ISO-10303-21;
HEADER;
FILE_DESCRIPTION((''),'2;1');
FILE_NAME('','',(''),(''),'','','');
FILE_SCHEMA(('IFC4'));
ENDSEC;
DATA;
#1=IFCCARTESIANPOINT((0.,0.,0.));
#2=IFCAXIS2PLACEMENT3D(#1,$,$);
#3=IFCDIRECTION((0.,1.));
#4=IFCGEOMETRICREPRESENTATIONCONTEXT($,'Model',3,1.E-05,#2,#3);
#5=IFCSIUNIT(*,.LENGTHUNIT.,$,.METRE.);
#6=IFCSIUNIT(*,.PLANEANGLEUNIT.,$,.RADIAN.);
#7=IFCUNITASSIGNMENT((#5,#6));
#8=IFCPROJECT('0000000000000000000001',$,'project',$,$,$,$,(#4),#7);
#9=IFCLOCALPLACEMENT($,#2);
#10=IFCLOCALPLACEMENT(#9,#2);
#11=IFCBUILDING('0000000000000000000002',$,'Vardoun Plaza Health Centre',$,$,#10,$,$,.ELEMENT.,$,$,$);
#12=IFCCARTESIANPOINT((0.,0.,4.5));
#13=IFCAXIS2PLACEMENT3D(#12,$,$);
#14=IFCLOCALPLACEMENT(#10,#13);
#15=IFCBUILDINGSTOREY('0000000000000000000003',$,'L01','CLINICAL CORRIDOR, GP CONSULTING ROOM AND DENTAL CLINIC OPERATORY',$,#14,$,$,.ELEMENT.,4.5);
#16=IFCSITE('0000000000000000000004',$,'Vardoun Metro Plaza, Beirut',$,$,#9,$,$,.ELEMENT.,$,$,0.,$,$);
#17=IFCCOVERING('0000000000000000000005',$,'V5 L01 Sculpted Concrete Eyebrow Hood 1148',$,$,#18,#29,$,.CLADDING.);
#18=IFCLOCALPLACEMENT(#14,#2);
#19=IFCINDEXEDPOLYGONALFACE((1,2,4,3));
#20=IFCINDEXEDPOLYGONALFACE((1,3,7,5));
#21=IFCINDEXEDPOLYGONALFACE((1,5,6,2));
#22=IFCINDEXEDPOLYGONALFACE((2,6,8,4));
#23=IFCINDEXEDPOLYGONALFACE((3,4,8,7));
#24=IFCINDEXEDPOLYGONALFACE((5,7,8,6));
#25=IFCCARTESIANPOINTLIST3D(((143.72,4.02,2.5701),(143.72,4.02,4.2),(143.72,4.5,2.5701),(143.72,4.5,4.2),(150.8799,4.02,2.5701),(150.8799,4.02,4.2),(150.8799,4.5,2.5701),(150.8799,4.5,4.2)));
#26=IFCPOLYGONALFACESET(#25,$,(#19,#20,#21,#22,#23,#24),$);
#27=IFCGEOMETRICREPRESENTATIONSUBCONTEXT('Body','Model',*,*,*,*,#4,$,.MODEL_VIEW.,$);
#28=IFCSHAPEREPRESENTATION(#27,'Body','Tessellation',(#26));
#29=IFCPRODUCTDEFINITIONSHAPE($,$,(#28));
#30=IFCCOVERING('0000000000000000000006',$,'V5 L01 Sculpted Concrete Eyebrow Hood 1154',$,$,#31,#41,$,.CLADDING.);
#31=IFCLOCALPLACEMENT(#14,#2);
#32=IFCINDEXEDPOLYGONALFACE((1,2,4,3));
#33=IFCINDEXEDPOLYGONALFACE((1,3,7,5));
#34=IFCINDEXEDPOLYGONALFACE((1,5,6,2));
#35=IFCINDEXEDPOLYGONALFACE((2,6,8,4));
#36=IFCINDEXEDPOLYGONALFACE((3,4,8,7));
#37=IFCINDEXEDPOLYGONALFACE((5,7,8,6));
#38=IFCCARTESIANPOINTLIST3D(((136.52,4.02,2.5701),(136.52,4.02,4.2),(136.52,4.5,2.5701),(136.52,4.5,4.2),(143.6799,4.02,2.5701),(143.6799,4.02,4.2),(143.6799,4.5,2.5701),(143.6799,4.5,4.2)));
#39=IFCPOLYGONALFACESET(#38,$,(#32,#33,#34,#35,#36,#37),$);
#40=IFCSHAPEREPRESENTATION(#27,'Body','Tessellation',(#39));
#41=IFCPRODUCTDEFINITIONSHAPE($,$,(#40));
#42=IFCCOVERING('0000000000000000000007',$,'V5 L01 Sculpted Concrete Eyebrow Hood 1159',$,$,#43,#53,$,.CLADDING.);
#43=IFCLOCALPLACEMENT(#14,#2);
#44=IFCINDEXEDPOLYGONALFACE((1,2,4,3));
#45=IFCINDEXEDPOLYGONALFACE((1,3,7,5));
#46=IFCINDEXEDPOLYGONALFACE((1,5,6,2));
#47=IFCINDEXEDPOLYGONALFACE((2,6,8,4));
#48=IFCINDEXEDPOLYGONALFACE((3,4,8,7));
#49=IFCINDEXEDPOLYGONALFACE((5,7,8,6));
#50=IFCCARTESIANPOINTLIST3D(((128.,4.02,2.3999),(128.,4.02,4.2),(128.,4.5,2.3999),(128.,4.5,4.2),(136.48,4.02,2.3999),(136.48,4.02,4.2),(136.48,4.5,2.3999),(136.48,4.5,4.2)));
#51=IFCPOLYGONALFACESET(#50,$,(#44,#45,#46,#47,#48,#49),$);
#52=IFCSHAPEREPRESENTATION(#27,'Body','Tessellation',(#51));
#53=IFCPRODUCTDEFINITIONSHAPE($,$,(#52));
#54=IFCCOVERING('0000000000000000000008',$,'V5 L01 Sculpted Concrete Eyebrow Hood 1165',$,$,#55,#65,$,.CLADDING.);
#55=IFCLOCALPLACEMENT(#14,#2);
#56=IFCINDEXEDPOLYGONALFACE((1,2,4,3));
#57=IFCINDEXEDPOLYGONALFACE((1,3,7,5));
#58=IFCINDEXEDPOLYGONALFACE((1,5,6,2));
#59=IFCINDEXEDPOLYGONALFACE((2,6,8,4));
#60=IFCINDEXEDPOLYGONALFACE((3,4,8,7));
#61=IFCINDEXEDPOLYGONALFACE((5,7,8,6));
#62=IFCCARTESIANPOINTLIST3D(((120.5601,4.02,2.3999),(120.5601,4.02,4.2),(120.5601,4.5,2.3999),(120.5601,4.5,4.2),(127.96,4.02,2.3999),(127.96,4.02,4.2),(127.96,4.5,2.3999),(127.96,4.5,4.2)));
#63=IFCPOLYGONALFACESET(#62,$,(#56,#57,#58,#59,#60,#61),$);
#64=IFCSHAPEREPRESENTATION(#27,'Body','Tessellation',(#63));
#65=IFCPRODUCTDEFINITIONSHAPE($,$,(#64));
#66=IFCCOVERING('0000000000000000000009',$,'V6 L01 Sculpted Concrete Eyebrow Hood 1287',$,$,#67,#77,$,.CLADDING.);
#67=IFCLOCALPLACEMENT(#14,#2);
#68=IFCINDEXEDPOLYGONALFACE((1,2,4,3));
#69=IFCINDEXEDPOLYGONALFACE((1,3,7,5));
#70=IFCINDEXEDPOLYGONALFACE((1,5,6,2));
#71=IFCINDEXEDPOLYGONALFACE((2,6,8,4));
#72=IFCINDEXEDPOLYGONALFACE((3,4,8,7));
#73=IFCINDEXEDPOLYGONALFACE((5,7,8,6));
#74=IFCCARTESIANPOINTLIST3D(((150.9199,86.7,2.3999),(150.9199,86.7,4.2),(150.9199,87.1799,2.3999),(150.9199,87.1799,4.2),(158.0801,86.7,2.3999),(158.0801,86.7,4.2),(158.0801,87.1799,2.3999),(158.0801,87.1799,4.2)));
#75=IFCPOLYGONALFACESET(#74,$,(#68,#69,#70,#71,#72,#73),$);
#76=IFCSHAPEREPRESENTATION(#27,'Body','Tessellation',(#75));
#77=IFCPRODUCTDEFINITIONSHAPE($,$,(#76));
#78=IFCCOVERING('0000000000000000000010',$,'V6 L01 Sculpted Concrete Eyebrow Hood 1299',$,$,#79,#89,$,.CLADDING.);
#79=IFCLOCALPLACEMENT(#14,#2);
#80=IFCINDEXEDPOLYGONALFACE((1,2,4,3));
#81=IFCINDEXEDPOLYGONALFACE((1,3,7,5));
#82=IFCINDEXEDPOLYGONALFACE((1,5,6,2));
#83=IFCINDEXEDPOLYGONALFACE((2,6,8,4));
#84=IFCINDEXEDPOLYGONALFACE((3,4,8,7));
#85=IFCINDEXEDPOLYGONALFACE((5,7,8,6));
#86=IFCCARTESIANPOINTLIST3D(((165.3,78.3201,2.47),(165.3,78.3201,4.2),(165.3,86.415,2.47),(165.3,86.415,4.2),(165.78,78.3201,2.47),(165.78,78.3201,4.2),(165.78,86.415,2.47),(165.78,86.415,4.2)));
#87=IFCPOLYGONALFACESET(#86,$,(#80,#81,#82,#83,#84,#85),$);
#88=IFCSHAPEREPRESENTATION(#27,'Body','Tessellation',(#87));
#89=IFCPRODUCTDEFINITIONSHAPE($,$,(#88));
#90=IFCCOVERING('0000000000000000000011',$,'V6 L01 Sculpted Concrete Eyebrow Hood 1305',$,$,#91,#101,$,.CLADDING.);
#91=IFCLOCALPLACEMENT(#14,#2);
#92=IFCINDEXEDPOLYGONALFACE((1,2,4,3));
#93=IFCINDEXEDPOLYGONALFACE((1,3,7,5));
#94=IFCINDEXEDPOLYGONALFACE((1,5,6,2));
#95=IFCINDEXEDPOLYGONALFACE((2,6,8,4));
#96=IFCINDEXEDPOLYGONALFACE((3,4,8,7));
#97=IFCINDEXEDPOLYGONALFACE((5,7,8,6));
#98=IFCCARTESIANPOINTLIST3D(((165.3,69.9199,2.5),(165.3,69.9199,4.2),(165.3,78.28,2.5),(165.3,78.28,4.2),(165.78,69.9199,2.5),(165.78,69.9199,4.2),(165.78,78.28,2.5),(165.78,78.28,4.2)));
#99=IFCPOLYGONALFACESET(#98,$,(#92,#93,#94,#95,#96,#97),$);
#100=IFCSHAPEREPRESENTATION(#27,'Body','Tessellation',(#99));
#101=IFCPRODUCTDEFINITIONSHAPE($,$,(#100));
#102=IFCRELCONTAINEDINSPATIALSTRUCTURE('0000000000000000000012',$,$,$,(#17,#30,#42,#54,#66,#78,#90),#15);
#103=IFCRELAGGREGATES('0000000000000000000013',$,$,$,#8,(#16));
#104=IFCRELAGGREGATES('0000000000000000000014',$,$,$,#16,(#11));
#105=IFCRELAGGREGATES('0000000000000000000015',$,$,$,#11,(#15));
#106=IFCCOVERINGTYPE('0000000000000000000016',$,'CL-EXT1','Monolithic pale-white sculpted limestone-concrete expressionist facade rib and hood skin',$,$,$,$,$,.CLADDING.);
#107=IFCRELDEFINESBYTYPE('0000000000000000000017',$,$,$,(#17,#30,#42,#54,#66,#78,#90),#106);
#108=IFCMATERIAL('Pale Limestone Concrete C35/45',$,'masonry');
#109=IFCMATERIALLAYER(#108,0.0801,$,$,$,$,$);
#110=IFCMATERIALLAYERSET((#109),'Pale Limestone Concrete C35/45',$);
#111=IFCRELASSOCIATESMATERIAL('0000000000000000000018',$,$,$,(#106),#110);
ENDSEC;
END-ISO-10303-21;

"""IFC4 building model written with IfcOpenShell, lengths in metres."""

from ifc_helpers import new_model, si_unit, direction, frame, origin, place, context, subcontext, project, spatial, polyline, outline, extrude, material, layer, layer_set, type_object, element, save


model = new_model("IFC4")

# Units and contexts
model_context = context("Model", 3, precision=1e-05, world=origin(), true_north=direction((0.0, 1.0)))
body_context = subcontext(model_context, "Body", "Model", "MODEL_VIEW")
ifc_project = project(units=[si_unit("LENGTHUNIT", "METRE"), si_unit("PLANEANGLEUNIT", "RADIAN")], contexts=[model_context])

# Site, building, storey
site_placement = place(None, origin())
site = spatial("IfcSite", under=ifc_project, at=site_placement, Name="Vardoun Metro Plaza, Beirut", CompositionType="ELEMENT", RefElevation=0.0)
building_placement = place(site_placement, origin())
building = spatial("IfcBuilding", under=site, at=building_placement, Name="Vardoun Plaza Health Centre", CompositionType="ELEMENT")
storey_placement = place(building_placement, frame((0.0, 0.0, 4.5)))
storey = spatial("IfcBuildingStorey", under=building, at=storey_placement, Name="L01", Description="CLINICAL CORRIDOR, GP CONSULTING ROOM AND DENTAL CLINIC OPERATORY", CompositionType="ELEMENT", Elevation=4.5)

# Coverings
ifc_material = material(Name="Pale Limestone Concrete C35/45", Category="masonry")
ifc_layer = layer(ifc_material, 0.0801)
ifc_layer_set = layer_set([ifc_layer], Name="Pale Limestone Concrete C35/45")
covering_type = type_object("IfcCoveringType", Name="CL-EXT1", Description="Monolithic pale-white sculpted limestone-concrete expressionist facade rib and hood skin", PredefinedType="CLADDING", material=ifc_layer_set)
covering_1_placement = place(storey_placement, frame((0.0, 0.0, 2.5701)))
element("IfcCovering", 1, at=covering_1_placement, inside=storey, type_object=covering_type, Name="V5 L01 Sculpted Concrete Eyebrow Hood 1148", PredefinedType="CLADDING", context=body_context, shape_type="SweptSolid", body=[
    extrude(outline(polyline([(150.8799, 4.5), (143.72, 4.5), (143.72, 4.02), (150.8799, 4.02), (150.8799, 4.5)])), origin(), (0.0, 0.0, 1.0), 1.6299),
])
covering_2_placement = place(storey_placement, frame((0.0, 0.0, 2.5701)))
element("IfcCovering", 2, at=covering_2_placement, inside=storey, type_object=covering_type, Name="V5 L01 Sculpted Concrete Eyebrow Hood 1154", PredefinedType="CLADDING", context=body_context, shape_type="SweptSolid", body=[
    extrude(outline(polyline([(143.6799, 4.5), (136.52, 4.5), (136.52, 4.02), (143.6799, 4.02), (143.6799, 4.5)])), origin(), (0.0, 0.0, 1.0), 1.6299),
])
covering_3_placement = place(storey_placement, frame((0.0, 0.0, 2.3999)))
element("IfcCovering", 3, at=covering_3_placement, inside=storey, type_object=covering_type, Name="V5 L01 Sculpted Concrete Eyebrow Hood 1159", PredefinedType="CLADDING", context=body_context, shape_type="SweptSolid", body=[
    extrude(outline(polyline([(136.48, 4.5), (128.0, 4.5), (128.0, 4.02), (136.48, 4.02), (136.48, 4.5)])), origin(), (0.0, 0.0, 1.0), 1.8),
])
covering_4_placement = place(storey_placement, frame((0.0, 0.0, 2.3999)))
element("IfcCovering", 4, at=covering_4_placement, inside=storey, type_object=covering_type, Name="V5 L01 Sculpted Concrete Eyebrow Hood 1165", PredefinedType="CLADDING", context=body_context, shape_type="SweptSolid", body=[
    extrude(outline(polyline([(127.96, 4.5), (120.5601, 4.5), (120.5601, 4.02), (127.96, 4.02), (127.96, 4.5)])), origin(), (0.0, 0.0, 1.0), 1.8),
])
covering_5_placement = place(storey_placement, frame((0.0, 0.0, 2.3999)))
element("IfcCovering", 5, at=covering_5_placement, inside=storey, type_object=covering_type, Name="V6 L01 Sculpted Concrete Eyebrow Hood 1287", PredefinedType="CLADDING", context=body_context, shape_type="SweptSolid", body=[
    extrude(outline(polyline([(150.9199, 86.7), (158.0801, 86.7), (158.0801, 87.1799), (150.9199, 87.1799), (150.9199, 86.7)])), origin(), (0.0, 0.0, 1.0), 1.8),
])
covering_6_placement = place(storey_placement, frame((0.0, 0.0, 2.47)))
element("IfcCovering", 6, at=covering_6_placement, inside=storey, type_object=covering_type, Name="V6 L01 Sculpted Concrete Eyebrow Hood 1299", PredefinedType="CLADDING", context=body_context, shape_type="SweptSolid", body=[
    extrude(outline(polyline([(165.3, 86.415), (165.3, 78.3201), (165.78, 78.3201), (165.78, 86.415), (165.3, 86.415)])), origin(), (0.0, 0.0, 1.0), 1.73),
])
covering_7_placement = place(storey_placement, frame((0.0, 0.0, 2.5)))
element("IfcCovering", 7, at=covering_7_placement, inside=storey, type_object=covering_type, Name="V6 L01 Sculpted Concrete Eyebrow Hood 1305", PredefinedType="CLADDING", context=body_context, shape_type="SweptSolid", body=[
    extrude(outline(polyline([(165.3, 78.28), (165.3, 69.9199), (165.78, 69.9199), (165.78, 78.28), (165.3, 78.28)])), origin(), (0.0, 0.0, 1.0), 1.7),
])

save(model, "model.ifc")
